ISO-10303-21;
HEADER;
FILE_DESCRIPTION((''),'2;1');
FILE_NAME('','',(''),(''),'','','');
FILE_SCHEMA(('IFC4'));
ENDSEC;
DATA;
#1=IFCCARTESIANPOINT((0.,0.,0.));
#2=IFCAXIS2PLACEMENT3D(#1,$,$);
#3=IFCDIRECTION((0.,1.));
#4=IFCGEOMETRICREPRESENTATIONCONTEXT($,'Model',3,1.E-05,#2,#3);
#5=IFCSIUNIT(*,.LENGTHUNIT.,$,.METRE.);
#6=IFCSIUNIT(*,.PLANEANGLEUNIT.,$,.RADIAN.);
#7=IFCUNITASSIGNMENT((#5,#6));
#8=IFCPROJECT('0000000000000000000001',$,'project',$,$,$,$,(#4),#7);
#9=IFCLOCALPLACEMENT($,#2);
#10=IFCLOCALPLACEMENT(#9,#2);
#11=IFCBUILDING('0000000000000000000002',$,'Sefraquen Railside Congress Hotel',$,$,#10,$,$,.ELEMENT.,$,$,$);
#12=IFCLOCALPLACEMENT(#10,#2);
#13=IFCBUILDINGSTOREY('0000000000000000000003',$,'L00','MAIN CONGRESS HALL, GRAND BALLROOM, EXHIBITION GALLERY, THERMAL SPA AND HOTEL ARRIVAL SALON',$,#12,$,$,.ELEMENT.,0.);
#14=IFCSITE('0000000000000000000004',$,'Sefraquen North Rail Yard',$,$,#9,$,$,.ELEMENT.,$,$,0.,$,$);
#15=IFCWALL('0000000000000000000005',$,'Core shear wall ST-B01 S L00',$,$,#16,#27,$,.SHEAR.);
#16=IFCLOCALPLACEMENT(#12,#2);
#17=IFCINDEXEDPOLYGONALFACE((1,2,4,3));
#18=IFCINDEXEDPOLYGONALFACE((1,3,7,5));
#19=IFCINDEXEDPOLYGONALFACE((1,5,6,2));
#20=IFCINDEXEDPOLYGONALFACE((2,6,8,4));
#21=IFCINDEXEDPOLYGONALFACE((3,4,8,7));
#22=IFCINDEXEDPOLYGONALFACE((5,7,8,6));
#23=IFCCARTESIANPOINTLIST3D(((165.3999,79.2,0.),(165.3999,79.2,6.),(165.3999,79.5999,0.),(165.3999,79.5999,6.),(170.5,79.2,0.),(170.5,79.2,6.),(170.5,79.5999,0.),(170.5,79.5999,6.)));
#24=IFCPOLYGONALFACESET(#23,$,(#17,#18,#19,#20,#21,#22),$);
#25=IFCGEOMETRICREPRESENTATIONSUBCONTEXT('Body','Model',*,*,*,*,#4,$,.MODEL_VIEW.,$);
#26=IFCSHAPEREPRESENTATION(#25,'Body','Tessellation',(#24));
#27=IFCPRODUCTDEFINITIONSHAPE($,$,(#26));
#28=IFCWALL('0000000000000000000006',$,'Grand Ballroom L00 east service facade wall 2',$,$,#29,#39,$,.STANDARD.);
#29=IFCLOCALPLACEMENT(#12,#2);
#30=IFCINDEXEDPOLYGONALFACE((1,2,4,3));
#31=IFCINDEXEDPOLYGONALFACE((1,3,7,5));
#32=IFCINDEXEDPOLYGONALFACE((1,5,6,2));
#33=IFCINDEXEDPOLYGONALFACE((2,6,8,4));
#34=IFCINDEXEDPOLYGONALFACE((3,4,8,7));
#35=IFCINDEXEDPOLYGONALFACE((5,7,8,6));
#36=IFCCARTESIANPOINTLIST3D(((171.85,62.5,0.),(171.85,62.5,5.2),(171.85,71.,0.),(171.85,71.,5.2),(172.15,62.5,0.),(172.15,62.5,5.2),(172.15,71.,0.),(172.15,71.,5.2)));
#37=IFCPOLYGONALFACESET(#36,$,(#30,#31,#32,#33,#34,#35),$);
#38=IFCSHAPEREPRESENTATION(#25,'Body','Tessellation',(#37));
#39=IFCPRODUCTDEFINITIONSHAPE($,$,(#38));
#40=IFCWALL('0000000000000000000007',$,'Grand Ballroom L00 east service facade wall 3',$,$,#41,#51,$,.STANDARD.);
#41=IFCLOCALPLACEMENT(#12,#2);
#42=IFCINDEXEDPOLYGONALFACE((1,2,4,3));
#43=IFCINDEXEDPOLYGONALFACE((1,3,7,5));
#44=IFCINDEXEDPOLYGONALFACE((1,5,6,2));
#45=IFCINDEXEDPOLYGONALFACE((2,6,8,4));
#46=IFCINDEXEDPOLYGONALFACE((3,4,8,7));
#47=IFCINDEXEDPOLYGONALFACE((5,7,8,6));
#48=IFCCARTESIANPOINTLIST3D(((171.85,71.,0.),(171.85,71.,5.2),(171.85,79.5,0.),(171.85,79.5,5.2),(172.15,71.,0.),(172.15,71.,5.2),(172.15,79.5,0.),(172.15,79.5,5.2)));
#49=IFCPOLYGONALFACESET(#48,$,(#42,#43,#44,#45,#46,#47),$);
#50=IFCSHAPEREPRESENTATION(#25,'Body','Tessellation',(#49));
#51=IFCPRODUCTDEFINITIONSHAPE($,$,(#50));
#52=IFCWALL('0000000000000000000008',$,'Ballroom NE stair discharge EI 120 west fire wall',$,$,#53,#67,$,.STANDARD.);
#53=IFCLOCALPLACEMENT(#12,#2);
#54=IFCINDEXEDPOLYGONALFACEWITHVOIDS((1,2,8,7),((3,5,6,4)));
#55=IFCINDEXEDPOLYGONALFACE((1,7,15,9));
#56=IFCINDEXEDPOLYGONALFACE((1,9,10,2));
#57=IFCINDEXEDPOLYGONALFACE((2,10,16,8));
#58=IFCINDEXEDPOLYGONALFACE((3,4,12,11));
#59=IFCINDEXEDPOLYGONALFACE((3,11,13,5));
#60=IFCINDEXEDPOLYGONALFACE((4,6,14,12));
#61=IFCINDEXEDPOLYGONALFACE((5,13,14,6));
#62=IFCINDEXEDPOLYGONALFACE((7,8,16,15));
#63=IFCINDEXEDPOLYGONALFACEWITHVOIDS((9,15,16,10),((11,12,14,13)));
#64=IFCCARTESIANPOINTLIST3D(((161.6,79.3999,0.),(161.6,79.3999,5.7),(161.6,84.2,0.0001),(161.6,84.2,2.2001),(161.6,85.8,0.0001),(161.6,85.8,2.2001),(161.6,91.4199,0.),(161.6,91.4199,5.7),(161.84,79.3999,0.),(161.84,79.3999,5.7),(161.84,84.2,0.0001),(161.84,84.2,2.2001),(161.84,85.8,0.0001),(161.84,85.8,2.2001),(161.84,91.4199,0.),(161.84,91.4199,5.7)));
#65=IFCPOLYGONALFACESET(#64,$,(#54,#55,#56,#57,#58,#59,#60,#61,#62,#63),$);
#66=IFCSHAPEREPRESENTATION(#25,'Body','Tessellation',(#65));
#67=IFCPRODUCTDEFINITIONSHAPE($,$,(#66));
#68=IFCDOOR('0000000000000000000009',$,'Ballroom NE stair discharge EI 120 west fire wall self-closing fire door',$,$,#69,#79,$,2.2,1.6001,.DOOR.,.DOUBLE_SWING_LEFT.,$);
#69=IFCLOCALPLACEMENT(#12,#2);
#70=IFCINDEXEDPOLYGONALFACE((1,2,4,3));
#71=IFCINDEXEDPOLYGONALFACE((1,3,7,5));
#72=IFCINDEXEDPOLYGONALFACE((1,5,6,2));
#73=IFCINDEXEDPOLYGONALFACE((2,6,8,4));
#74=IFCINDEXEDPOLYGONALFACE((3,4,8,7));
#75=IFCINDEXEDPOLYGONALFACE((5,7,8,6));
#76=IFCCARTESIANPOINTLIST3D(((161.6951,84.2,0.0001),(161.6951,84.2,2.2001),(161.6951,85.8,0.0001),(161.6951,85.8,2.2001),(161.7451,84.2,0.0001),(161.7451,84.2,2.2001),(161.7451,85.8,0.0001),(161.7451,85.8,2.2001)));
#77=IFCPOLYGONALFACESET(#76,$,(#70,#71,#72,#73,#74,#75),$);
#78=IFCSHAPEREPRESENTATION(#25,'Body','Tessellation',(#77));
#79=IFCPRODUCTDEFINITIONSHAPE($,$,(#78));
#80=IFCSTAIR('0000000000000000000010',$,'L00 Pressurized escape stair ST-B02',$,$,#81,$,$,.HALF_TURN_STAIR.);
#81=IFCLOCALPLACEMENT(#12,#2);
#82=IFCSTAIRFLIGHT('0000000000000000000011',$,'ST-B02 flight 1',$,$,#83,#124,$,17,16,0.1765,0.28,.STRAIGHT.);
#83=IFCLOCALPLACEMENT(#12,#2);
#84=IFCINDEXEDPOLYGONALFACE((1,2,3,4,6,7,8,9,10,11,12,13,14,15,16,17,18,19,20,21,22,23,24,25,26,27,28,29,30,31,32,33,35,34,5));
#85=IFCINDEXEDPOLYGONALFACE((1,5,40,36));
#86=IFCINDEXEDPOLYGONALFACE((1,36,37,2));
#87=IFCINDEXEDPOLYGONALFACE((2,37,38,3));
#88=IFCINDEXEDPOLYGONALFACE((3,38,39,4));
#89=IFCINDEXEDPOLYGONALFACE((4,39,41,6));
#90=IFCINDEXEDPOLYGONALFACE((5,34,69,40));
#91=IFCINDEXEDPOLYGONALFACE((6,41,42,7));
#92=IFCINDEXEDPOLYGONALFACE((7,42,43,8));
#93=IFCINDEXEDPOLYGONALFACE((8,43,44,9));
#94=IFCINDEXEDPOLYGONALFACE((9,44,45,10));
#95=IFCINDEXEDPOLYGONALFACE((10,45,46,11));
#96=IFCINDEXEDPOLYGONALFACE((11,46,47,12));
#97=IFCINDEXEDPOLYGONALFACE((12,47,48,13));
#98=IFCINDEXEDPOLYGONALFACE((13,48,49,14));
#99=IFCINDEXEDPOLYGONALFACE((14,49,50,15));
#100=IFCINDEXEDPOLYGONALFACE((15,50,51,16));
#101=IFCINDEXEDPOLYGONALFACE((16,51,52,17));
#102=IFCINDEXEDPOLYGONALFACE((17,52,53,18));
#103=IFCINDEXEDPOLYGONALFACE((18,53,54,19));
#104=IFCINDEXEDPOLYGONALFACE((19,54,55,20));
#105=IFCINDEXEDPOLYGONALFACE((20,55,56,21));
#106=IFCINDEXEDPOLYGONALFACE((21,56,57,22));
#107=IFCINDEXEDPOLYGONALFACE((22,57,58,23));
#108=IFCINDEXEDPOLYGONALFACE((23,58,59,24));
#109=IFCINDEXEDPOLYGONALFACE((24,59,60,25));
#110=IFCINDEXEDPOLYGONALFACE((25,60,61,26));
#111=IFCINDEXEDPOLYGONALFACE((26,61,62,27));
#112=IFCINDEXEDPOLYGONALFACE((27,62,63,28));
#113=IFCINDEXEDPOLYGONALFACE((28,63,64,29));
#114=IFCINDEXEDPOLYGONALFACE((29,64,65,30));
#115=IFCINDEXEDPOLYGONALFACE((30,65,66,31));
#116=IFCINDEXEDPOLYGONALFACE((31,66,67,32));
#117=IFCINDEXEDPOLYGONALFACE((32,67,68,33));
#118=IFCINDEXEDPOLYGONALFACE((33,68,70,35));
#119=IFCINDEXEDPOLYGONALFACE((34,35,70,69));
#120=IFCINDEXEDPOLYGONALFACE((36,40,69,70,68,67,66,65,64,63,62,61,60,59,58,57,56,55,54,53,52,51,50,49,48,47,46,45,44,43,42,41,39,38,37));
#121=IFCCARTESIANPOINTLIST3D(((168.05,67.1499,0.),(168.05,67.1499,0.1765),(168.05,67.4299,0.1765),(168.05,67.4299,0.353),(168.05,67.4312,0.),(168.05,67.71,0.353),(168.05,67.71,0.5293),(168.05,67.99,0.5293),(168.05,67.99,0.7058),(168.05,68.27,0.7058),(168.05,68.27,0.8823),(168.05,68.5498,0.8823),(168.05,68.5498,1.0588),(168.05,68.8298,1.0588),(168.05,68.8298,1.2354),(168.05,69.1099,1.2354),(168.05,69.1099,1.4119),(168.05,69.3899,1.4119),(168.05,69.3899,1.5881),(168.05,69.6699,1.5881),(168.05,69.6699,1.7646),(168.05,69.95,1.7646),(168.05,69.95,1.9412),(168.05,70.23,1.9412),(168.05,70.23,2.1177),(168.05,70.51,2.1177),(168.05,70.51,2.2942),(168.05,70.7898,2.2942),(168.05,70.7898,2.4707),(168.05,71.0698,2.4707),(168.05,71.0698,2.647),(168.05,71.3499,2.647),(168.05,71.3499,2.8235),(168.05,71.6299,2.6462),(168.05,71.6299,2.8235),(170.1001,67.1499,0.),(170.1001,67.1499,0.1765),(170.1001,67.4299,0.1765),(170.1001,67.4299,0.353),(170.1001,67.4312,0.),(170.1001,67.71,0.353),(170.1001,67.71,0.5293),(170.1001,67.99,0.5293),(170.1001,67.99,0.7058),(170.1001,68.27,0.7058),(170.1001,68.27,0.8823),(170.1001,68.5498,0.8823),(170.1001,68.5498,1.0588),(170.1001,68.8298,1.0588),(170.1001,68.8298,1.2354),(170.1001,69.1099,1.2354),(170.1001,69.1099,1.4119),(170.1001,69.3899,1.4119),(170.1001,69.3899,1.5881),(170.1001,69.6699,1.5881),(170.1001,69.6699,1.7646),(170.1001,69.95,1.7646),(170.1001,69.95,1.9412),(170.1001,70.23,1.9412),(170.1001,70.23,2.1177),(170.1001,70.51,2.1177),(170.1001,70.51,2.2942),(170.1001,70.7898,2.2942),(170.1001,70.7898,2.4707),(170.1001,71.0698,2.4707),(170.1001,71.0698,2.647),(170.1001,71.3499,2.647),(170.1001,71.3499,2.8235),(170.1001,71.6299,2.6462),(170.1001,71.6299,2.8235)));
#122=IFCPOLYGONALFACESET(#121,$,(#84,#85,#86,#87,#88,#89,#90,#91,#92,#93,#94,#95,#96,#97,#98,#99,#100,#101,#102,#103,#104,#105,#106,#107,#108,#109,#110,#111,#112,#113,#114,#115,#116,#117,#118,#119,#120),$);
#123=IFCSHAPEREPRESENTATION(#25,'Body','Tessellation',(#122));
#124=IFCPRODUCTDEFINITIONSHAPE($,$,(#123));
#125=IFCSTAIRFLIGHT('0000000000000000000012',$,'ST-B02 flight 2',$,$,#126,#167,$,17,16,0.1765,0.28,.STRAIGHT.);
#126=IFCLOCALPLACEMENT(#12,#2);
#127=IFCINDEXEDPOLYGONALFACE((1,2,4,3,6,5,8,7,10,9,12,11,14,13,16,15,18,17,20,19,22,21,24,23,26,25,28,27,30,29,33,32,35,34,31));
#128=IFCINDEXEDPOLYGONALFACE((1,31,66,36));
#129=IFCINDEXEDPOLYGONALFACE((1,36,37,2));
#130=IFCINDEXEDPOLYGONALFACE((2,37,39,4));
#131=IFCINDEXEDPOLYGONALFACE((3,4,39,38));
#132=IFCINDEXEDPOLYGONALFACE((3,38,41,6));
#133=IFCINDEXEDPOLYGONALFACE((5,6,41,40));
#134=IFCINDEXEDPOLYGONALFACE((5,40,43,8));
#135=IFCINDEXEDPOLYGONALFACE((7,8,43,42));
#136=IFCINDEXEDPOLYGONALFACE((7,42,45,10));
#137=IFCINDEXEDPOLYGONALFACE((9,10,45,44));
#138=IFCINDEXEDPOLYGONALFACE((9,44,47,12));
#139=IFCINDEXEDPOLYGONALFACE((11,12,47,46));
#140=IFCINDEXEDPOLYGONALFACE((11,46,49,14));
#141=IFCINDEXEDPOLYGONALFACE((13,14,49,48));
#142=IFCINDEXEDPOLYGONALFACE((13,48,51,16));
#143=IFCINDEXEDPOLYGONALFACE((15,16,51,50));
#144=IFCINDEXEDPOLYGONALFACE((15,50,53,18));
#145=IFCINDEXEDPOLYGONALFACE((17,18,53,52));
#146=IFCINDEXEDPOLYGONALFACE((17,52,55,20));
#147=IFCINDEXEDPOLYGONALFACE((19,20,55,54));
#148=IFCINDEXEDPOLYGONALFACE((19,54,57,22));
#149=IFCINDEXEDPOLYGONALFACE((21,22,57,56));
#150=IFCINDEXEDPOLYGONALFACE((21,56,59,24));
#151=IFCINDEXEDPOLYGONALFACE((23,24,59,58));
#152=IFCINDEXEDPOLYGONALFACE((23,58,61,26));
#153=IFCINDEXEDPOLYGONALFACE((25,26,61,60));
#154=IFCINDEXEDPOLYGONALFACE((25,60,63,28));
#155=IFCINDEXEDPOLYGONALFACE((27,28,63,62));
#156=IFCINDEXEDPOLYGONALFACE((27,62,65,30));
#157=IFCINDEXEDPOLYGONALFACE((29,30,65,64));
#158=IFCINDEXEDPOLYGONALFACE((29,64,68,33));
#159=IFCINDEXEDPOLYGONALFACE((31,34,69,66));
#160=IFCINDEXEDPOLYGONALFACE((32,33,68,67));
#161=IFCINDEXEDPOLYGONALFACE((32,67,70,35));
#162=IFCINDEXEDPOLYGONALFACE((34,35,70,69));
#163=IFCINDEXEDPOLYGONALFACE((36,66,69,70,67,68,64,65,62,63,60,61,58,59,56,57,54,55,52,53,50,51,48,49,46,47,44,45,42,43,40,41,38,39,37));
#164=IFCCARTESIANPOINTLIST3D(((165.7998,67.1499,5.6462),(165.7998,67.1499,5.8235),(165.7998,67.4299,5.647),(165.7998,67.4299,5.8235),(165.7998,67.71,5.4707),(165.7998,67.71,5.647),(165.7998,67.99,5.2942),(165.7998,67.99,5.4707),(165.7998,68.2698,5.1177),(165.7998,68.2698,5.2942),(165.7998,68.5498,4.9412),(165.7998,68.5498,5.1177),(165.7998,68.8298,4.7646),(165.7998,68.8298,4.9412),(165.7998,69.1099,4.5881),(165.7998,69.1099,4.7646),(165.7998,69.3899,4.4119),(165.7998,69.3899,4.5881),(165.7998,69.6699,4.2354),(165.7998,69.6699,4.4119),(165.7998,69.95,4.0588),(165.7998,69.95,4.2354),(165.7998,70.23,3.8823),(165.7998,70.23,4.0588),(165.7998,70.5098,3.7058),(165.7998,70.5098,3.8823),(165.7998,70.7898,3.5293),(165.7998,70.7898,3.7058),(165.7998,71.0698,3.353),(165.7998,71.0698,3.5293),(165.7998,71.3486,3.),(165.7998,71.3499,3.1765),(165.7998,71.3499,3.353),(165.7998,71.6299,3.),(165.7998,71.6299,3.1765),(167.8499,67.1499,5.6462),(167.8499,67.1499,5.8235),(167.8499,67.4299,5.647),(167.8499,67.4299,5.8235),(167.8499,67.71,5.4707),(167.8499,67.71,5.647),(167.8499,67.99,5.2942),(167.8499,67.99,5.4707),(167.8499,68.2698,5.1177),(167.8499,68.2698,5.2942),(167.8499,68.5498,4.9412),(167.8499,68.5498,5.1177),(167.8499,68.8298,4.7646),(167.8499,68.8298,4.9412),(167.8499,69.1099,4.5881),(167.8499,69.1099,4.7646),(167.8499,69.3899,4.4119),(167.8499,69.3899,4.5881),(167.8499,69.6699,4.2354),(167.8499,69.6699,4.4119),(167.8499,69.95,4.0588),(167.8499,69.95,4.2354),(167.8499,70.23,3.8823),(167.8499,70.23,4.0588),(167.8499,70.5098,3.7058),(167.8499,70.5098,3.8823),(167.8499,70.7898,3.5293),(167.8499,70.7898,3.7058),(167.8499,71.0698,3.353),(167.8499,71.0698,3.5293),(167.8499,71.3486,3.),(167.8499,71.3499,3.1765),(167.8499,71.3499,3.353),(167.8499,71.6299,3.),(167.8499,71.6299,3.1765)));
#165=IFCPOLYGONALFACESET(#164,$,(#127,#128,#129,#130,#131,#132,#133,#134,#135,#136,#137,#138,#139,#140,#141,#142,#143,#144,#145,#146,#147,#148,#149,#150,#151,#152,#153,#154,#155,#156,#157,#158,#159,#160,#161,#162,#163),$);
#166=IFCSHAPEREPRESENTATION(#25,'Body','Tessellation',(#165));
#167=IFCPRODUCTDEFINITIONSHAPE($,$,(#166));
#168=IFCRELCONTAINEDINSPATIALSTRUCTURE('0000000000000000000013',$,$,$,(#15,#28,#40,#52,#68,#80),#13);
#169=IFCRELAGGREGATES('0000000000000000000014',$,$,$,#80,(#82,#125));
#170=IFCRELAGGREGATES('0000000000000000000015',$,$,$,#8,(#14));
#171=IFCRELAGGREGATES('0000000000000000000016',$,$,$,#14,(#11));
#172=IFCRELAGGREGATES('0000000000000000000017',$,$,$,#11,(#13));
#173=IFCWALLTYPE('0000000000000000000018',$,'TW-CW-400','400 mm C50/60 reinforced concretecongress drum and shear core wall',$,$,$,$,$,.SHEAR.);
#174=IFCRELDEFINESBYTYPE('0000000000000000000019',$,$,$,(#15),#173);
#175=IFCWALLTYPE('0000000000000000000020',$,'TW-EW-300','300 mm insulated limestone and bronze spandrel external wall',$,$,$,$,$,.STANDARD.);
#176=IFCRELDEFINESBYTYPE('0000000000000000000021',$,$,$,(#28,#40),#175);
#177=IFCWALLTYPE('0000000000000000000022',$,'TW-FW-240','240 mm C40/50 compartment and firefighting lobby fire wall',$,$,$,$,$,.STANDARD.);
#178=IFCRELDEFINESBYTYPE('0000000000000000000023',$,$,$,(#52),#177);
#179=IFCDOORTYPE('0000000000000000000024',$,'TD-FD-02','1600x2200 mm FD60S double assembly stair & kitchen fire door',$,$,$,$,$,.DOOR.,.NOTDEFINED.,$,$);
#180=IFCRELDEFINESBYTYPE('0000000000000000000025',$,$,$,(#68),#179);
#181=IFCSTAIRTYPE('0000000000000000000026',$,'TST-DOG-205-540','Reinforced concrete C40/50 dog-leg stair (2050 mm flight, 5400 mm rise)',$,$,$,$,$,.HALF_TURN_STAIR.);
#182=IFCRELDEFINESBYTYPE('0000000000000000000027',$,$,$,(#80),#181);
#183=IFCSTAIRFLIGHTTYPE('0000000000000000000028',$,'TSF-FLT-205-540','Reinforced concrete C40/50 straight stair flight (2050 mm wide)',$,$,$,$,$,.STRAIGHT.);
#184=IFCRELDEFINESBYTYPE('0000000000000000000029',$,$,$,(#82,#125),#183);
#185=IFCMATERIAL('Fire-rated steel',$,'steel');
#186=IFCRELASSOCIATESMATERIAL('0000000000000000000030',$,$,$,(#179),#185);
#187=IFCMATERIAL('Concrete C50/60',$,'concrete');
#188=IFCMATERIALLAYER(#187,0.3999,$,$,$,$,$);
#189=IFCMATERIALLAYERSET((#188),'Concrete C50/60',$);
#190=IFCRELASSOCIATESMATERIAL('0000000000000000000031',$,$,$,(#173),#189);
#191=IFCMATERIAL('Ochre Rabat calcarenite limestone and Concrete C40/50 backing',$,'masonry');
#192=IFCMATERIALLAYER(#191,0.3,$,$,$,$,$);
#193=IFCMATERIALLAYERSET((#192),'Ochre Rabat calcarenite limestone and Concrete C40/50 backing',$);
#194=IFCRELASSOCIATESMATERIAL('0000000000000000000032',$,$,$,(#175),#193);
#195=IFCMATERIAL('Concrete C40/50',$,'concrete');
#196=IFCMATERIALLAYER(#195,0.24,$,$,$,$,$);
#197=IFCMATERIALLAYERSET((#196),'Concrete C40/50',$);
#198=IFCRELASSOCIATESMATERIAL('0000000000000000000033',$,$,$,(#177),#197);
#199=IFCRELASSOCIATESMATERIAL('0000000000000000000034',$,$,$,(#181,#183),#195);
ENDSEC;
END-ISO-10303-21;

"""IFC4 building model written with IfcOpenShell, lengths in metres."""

from ifc_helpers import new_model, si_unit, direction, frame, frame_2d, origin, place, context, subcontext, project, spatial, polyline, rectangle, outline, extrude, material, layer, layer_set, type_object, element, fill, aggregate, save


model = new_model("IFC4")

# Units and contexts
model_context = context("Model", 3, precision=1e-05, world=origin(), true_north=direction((0.0, 1.0)))
body_context = subcontext(model_context, "Body", "Model", "MODEL_VIEW")
ifc_project = project(units=[si_unit("LENGTHUNIT", "METRE"), si_unit("PLANEANGLEUNIT", "RADIAN")], contexts=[model_context])

# Site, building, storey
site_placement = place(None, origin())
site = spatial("IfcSite", under=ifc_project, at=site_placement, Name="Sefraquen North Rail Yard", CompositionType="ELEMENT", RefElevation=0.0)
building_placement = place(site_placement, origin())
building = spatial("IfcBuilding", under=site, at=building_placement, Name="Sefraquen Railside Congress Hotel", CompositionType="ELEMENT")
storey_placement = place(building_placement, origin())
storey = spatial("IfcBuildingStorey", under=building, at=storey_placement, Name="L00", Description="MAIN CONGRESS HALL, GRAND BALLROOM, EXHIBITION GALLERY, THERMAL SPA AND HOTEL ARRIVAL SALON", CompositionType="ELEMENT", Elevation=0.0)

# Shared definitions
ifc_material_1 = material(Name="Concrete C50/60", Category="concrete")

# Shared definitions
ifc_material_2 = material(Name="Fire-rated steel", Category="steel")
door_type_1 = type_object("IfcDoorType", Name="TD-FD-02", Description="1600x2200 mm FD60S double assembly stair & kitchen fire door", OperationType="NOTDEFINED", PredefinedType="DOOR", material=ifc_material_2)

# Walls
ifc_layer_1 = layer(ifc_material_1, 0.3999)
ifc_layer_set_1 = layer_set([ifc_layer_1], Name="Concrete C50/60")
wall_type_1 = type_object("IfcWallType", Name="TW-CW-400", Description="400 mm C50/60 reinforced concretecongress drum and shear core wall", PredefinedType="SHEAR", material=ifc_layer_set_1)
wall_1_placement = place(storey_placement, frame((165.3999, 79.3999, 0.0), z_axis=(0.0, 0.0, 1.0), x_axis=(1.0, 0.0, 0.0)))
element("IfcWall", 1, at=wall_1_placement, inside=storey, type_object=wall_type_1, Name="Core shear wall ST-B01 S L00", PredefinedType="SHEAR", context=body_context, shape_type="SweptSolid", body=[
    extrude(rectangle(XDim=5.1001, YDim=0.3999, at=frame_2d((2.55, 0.0))), origin(), (0.0, 0.0, 1.0), 6.0),
])
ifc_material_3 = material(Name="Ochre Rabat calcarenite limestone and Concrete C40/50 backing", Category="masonry")
ifc_layer_2 = layer(ifc_material_3, 0.3)
ifc_layer_set_2 = layer_set([ifc_layer_2], Name="Ochre Rabat calcarenite limestone and Concrete C40/50 backing")
wall_type_2 = type_object("IfcWallType", Name="TW-EW-300", Description="300 mm insulated limestone and bronze spandrel external wall", PredefinedType="STANDARD", material=ifc_layer_set_2)
for number, where, z_axis, x_axis, name in (
    (2, (172.0, 62.5, 0.0), (0.0, 0.0, 1.0), (0.0, 1.0, 0.0), "Grand Ballroom L00 east service facade wall 2"),
    (3, (172.0, 71.0, 0.0), (0.0, 0.0, 1.0), (0.0, 1.0, 0.0), "Grand Ballroom L00 east service facade wall 3"),
):
    element("IfcWall", number, at=place(storey_placement, frame(where, z_axis=z_axis, x_axis=x_axis)), inside=storey, type_object=wall_type_2, Name=name, PredefinedType="STANDARD", context=body_context, shape_type="SweptSolid", body=[
        extrude(rectangle(XDim=8.5, YDim=0.3, at=frame_2d((4.25, 0.0))), origin(), (0.0, 0.0, 1.0), 5.2),
    ])

# Wall, opening, door
ifc_material_4 = material(Name="Concrete C40/50", Category="concrete")
ifc_layer_3 = layer(ifc_material_4, 0.24)
ifc_layer_set_3 = layer_set([ifc_layer_3], Name="Concrete C40/50")
wall_type_3 = type_object("IfcWallType", Name="TW-FW-240", Description="240 mm C40/50 compartment and firefighting lobby fire wall", PredefinedType="STANDARD", material=ifc_layer_set_3)
wall_2_placement = place(storey_placement, frame((161.72, 79.3999, 0.0), z_axis=(0.0, 0.0, 1.0), x_axis=(0.0, 1.0, 0.0)))
wall_2 = element("IfcWall", 4, at=wall_2_placement, inside=storey, type_object=wall_type_3, Name="Ballroom NE stair discharge EI 120 west fire wall", PredefinedType="STANDARD", context=body_context, shape_type="SweptSolid", body=[
    extrude(rectangle(XDim=12.02, YDim=0.24, at=frame_2d((6.01, 0.0))), origin(), (0.0, 0.0, 1.0), 5.7),
])
opening_1_placement = place(wall_2_placement, frame((4.8, 0.0, 0.0)))
opening_1 = element("IfcOpeningElement", 5, at=opening_1_placement, cuts=wall_2, PredefinedType="OPENING", context=body_context, shape_type="SweptSolid", body=[
    extrude(rectangle(XDim=1.6001, YDim=2.2, at=frame_2d((0.8, 1.1001))), frame((0.0, 0.1299, 0.0), z_axis=(0.0, -1.0, 0.0), x_axis=(1.0, 0.0, 0.0)), (0.0, 0.0, 1.0), 0.26),
])
door_1_placement = place(opening_1_placement, origin())
door_1 = element("IfcDoor", 6, at=door_1_placement, inside=storey, type_object=door_type_1, Name="Ballroom NE stair discharge EI 120 west fire wall self-closing fire door", OperationType="DOUBLE_SWING_LEFT", OverallHeight=2.2, OverallWidth=1.6001, PredefinedType="DOOR", context=body_context, shape_type="SweptSolid", body=[
    extrude(rectangle(XDim=1.6001, YDim=2.2, at=frame_2d((0.8, 1.1001))), frame((0.0, 0.0249, 0.0), z_axis=(0.0, -1.0, 0.0), x_axis=(1.0, 0.0, 0.0)), (0.0, 0.0, 1.0), 0.05),
])
fill(opening_1, door_1)

# Stair, stair flights
stair_type = type_object("IfcStairType", Name="TST-DOG-205-540", Description="Reinforced concrete C40/50 dog-leg stair (2050 mm flight, 5400 mm rise)", PredefinedType="HALF_TURN_STAIR", material=ifc_material_4)
stair_placement = place(storey_placement, origin())
stair = element("IfcStair", 7, at=stair_placement, inside=storey, type_object=stair_type, Name="L00 Pressurized escape stair ST-B02", PredefinedType="HALF_TURN_STAIR")
stair_flight_type = type_object("IfcStairFlightType", Name="TSF-FLT-205-540", Description="Reinforced concrete C40/50 straight stair flight (2050 mm wide)", PredefinedType="STRAIGHT", material=ifc_material_4)
stair_flight_1_placement = place(storey_placement, frame((169.075, 67.1499, 0.0), z_axis=(0.0, 0.0, 1.0), x_axis=(0.0, 1.0, 0.0)))
stair_flight_1 = element("IfcStairFlight", 8, at=stair_flight_1_placement, type_object=stair_flight_type, Name="ST-B02 flight 1", NumberOfRisers=17, NumberOfTreads=16, PredefinedType="STRAIGHT", RiserHeight=0.1765, TreadLength=0.28, context=body_context, shape_type="SweptSolid", body=[
    extrude(outline(polyline([(0.0, 0.0), (0.0, 0.1765), (0.28, 0.1765), (0.28, 0.353), (0.5601, 0.353), (0.5601, 0.5293), (0.8401, 0.5293), (0.8401, 0.7058), (1.1201, 0.7058), (1.1201, 0.8823), (1.3999, 0.8823), (1.3999, 1.0588), (1.6799, 1.0588), (1.6799, 1.2354), (1.96, 1.2354), (1.96, 1.4119), (2.24, 1.4119), (2.24, 1.5881), (2.52, 1.5881), (2.52, 1.7646), (2.8, 1.7646), (2.8, 1.9412), (3.0801, 1.9412), (3.0801, 2.1177), (3.3601, 2.1177), (3.3601, 2.2942), (3.6399, 2.2942), (3.6399, 2.4707), (3.9199, 2.4707), (3.9199, 2.647), (4.2, 2.647), (4.2, 2.8235), (4.48, 2.8235), (4.48, 3.0), (4.48, 2.6462), (0.2812, 0.0), (0.0, 0.0)])), frame((0.0, 1.0249, 0.0), z_axis=(0.0, -1.0, 0.0), x_axis=(1.0, 0.0, 0.0)), (0.0, 0.0, 1.0), 2.05),
])
stair_flight_2_placement = place(storey_placement, frame((166.825, 71.6299, 3.0), z_axis=(0.0, 0.0, 1.0), x_axis=(0.0, -1.0, 0.0)))
stair_flight_2 = element("IfcStairFlight", 9, at=stair_flight_2_placement, type_object=stair_flight_type, Name="ST-B02 flight 2", NumberOfRisers=17, NumberOfTreads=16, PredefinedType="STRAIGHT", RiserHeight=0.1765, TreadLength=0.28, context=body_context, shape_type="SweptSolid", body=[
    extrude(outline(polyline([(0.0, 0.0), (0.0, 0.1765), (0.28, 0.1765), (0.28, 0.353), (0.5601, 0.353), (0.5601, 0.5293), (0.8401, 0.5293), (0.8401, 0.7058), (1.1201, 0.7058), (1.1201, 0.8823), (1.3999, 0.8823), (1.3999, 1.0588), (1.6799, 1.0588), (1.6799, 1.2354), (1.96, 1.2354), (1.96, 1.4119), (2.24, 1.4119), (2.24, 1.5881), (2.52, 1.5881), (2.52, 1.7646), (2.8, 1.7646), (2.8, 1.9412), (3.0801, 1.9412), (3.0801, 2.1177), (3.3601, 2.1177), (3.3601, 2.2942), (3.6399, 2.2942), (3.6399, 2.4707), (3.9199, 2.4707), (3.9199, 2.647), (4.2, 2.647), (4.2, 2.8235), (4.48, 2.8235), (4.48, 3.0), (4.48, 2.6462), (0.2812, 0.0), (0.0, 0.0)])), frame((0.0, 1.0249, 0.0), z_axis=(0.0, -1.0, 0.0), x_axis=(1.0, 0.0, 0.0)), (0.0, 0.0, 1.0), 2.05),
])
aggregate(stair, [stair_flight_1, stair_flight_2])

save(model, "model.ifc")
